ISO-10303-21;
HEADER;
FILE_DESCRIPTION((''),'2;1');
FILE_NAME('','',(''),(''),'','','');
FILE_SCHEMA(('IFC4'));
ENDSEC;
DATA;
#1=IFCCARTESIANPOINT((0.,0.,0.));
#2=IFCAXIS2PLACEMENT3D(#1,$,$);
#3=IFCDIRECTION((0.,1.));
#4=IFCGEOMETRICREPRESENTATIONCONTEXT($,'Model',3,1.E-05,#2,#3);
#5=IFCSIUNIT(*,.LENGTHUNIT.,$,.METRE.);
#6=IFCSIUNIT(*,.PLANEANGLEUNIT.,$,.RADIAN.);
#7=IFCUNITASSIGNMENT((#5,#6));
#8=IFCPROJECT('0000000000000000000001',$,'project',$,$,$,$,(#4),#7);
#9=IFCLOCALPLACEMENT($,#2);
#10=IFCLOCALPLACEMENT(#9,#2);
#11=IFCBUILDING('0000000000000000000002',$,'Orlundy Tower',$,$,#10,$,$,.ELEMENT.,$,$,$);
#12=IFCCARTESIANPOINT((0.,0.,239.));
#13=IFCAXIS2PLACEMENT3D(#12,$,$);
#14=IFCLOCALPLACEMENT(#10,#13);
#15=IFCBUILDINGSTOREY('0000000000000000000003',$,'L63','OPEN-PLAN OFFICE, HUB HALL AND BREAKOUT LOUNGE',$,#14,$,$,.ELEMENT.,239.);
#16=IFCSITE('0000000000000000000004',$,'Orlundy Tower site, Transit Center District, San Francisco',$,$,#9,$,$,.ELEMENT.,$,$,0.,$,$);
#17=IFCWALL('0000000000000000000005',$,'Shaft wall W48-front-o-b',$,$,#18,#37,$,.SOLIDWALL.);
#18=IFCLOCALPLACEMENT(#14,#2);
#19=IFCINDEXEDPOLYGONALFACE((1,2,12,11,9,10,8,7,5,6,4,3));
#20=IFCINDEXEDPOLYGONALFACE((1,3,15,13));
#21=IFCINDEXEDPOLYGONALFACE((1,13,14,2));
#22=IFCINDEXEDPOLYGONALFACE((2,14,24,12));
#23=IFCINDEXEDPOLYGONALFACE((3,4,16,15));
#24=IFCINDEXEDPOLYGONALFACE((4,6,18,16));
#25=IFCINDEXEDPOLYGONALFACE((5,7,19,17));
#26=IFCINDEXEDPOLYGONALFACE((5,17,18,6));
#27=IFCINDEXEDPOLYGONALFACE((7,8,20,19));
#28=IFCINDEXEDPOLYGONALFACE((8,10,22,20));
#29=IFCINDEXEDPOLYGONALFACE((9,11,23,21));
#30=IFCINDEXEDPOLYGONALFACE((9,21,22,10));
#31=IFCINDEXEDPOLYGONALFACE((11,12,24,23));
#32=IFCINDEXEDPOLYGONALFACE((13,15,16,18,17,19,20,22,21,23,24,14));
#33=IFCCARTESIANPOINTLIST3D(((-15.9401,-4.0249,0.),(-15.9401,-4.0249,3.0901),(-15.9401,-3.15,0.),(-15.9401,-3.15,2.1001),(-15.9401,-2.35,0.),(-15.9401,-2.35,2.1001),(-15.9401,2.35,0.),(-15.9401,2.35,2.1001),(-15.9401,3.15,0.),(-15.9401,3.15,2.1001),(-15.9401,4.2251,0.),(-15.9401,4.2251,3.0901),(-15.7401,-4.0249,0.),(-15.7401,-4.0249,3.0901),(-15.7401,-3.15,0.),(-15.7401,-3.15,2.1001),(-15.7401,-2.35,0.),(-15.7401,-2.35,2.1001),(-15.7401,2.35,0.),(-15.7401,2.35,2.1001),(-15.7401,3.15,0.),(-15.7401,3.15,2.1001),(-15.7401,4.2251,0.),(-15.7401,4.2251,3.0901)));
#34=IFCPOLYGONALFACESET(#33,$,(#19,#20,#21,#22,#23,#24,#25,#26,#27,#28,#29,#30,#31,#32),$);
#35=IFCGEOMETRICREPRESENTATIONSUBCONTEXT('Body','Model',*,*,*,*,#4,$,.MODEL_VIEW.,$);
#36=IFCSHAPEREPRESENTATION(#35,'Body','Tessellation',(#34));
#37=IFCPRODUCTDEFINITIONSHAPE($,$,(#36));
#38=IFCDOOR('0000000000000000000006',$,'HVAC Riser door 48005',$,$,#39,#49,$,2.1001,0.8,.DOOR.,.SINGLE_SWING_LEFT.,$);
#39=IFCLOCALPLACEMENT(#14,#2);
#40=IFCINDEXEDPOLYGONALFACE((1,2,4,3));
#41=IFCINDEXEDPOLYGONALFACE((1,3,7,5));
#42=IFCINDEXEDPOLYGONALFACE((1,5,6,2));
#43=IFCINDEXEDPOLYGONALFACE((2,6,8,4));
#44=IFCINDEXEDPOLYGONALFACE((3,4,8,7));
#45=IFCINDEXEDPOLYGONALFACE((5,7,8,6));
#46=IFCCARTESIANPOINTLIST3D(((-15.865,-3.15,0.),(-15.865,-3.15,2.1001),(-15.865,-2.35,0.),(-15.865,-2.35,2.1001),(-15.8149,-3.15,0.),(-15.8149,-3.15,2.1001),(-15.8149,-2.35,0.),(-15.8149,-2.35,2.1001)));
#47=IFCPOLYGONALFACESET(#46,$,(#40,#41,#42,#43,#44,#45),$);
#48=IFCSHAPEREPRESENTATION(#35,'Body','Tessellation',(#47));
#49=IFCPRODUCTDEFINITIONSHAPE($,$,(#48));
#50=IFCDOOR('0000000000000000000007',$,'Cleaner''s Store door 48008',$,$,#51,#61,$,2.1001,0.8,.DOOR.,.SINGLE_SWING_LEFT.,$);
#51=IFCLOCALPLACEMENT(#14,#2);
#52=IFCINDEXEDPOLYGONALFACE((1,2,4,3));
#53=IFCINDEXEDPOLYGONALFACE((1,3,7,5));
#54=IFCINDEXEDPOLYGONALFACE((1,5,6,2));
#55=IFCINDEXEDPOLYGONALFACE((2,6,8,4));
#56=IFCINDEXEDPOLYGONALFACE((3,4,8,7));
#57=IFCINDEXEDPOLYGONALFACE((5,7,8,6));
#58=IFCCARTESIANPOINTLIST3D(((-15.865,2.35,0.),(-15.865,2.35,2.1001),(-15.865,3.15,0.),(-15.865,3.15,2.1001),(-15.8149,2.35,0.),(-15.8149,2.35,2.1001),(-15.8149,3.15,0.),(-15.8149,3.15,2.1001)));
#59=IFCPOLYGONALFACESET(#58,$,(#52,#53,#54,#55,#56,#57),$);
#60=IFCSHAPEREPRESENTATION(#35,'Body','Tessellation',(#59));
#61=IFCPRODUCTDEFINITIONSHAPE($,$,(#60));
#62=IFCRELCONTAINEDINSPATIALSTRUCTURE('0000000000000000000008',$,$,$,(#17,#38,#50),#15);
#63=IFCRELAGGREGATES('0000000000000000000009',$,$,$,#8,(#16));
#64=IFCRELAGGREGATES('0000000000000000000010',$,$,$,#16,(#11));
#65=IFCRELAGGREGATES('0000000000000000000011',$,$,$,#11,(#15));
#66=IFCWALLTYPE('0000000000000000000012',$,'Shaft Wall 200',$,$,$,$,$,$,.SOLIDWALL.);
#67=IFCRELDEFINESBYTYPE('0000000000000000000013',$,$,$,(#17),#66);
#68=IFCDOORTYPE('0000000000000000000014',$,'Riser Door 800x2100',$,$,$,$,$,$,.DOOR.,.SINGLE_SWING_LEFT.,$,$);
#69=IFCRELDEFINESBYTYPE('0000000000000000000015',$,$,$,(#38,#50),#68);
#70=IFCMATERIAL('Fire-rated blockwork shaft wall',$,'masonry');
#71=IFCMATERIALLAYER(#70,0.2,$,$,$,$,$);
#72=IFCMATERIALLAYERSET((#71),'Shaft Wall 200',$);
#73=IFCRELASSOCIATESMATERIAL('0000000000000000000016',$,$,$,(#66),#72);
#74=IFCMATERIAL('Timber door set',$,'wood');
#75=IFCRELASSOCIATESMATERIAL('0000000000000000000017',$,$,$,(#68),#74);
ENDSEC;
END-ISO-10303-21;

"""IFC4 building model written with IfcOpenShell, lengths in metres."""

from ifc_helpers import new_model, si_unit, direction, frame, frame_2d, origin, place, context, subcontext, project, spatial, rectangle, extrude, material, layer, layer_set, type_object, element, fill, save


model = new_model("IFC4")

# Units and contexts
model_context = context("Model", 3, precision=1e-05, world=origin(), true_north=direction((0.0, 1.0)))
body_context = subcontext(model_context, "Body", "Model", "MODEL_VIEW")
ifc_project = project(units=[si_unit("LENGTHUNIT", "METRE"), si_unit("PLANEANGLEUNIT", "RADIAN")], contexts=[model_context])

# Site, building, storey
site_placement = place(None, origin())
site = spatial("IfcSite", under=ifc_project, at=site_placement, Name="Orlundy Tower site, Transit Center District, San Francisco", CompositionType="ELEMENT", RefElevation=0.0)
building_placement = place(site_placement, origin())
building = spatial("IfcBuilding", under=site, at=building_placement, Name="Orlundy Tower", CompositionType="ELEMENT")
storey_placement = place(building_placement, frame((0.0, 0.0, 239.0)))
storey = spatial("IfcBuildingStorey", under=building, at=storey_placement, Name="L63", Description="OPEN-PLAN OFFICE, HUB HALL AND BREAKOUT LOUNGE", CompositionType="ELEMENT", Elevation=239.0)

# Shared definitions
ifc_material_1 = material(Name="Fire-rated blockwork shaft wall", Category="masonry")
ifc_layer_1 = layer(ifc_material_1, 0.2)
ifc_layer_set_1 = layer_set([ifc_layer_1], Name="Shaft Wall 200")
wall_type_1 = type_object("IfcWallType", Name="Shaft Wall 200", PredefinedType="SOLIDWALL", material=ifc_layer_set_1)

# Wall, openings, doors
wall_1_placement = place(storey_placement, frame((-15.8401, -4.0249, 0.0), z_axis=(0.0, 0.0, 1.0), x_axis=(0.0, 1.0, 0.0)))
wall_1 = element("IfcWall", 1, at=wall_1_placement, inside=storey, type_object=wall_type_1, Name="Shaft wall W48-front-o-b", PredefinedType="SOLIDWALL", context=body_context, shape_type="SweptSolid", body=[
    extrude(rectangle(XDim=8.25, YDim=0.2, at=frame_2d((4.125, 0.0))), origin(), (0.0, 0.0, 1.0), 3.0901),
])
opening_1_placement = place(wall_1_placement, frame((0.875, 0.0, 0.0)))
opening_1 = element("IfcOpeningElement", 2, at=opening_1_placement, cuts=wall_1, PredefinedType="OPENING", context=body_context, shape_type="SweptSolid", body=[
    extrude(rectangle(XDim=0.8, YDim=2.1001, at=frame_2d((0.3999, 1.05))), frame((0.0, 0.1101, 0.0), z_axis=(0.0, -1.0, 0.0), x_axis=(1.0, 0.0, 0.0)), (0.0, 0.0, 1.0), 0.2202),
])
opening_2_placement = place(wall_1_placement, frame((6.375, 0.0, 0.0)))
opening_2 = element("IfcOpeningElement", 3, at=opening_2_placement, cuts=wall_1, PredefinedType="OPENING", context=body_context, shape_type="SweptSolid", body=[
    extrude(rectangle(XDim=0.8, YDim=2.1001, at=frame_2d((0.3999, 1.05))), frame((0.0, 0.1101, 0.0), z_axis=(0.0, -1.0, 0.0), x_axis=(1.0, 0.0, 0.0)), (0.0, 0.0, 1.0), 0.2202),
])
ifc_material_2 = material(Name="Timber door set", Category="wood")
door_type_1 = type_object("IfcDoorType", Name="Riser Door 800x2100", OperationType="SINGLE_SWING_LEFT", PredefinedType="DOOR", material=ifc_material_2)
door_1_placement = place(opening_1_placement, origin())
door_1 = element("IfcDoor", 4, at=door_1_placement, inside=storey, type_object=door_type_1, Name="HVAC Riser door 48005", OperationType="SINGLE_SWING_LEFT", OverallHeight=2.1001, OverallWidth=0.8, PredefinedType="DOOR", context=body_context, shape_type="SweptSolid", body=[
    extrude(rectangle(XDim=0.8, YDim=2.1001, at=frame_2d((0.3999, 1.05))), frame((0.0, 0.0249, 0.0), z_axis=(0.0, -1.0, 0.0), x_axis=(1.0, 0.0, 0.0)), (0.0, 0.0, 1.0), 0.05),
])
fill(opening_1, door_1)
door_2_placement = place(opening_2_placement, origin())
door_2 = element("IfcDoor", 5, at=door_2_placement, inside=storey, type_object=door_type_1, Name="Cleaner's Store door 48008", OperationType="SINGLE_SWING_LEFT", OverallHeight=2.1001, OverallWidth=0.8, PredefinedType="DOOR", context=body_context, shape_type="SweptSolid", body=[
    extrude(rectangle(XDim=0.8, YDim=2.1001, at=frame_2d((0.3999, 1.05))), frame((0.0, 0.0249, 0.0), z_axis=(0.0, -1.0, 0.0), x_axis=(1.0, 0.0, 0.0)), (0.0, 0.0, 1.0), 0.05),
])
fill(opening_2, door_2)

save(model, "model.ifc")
